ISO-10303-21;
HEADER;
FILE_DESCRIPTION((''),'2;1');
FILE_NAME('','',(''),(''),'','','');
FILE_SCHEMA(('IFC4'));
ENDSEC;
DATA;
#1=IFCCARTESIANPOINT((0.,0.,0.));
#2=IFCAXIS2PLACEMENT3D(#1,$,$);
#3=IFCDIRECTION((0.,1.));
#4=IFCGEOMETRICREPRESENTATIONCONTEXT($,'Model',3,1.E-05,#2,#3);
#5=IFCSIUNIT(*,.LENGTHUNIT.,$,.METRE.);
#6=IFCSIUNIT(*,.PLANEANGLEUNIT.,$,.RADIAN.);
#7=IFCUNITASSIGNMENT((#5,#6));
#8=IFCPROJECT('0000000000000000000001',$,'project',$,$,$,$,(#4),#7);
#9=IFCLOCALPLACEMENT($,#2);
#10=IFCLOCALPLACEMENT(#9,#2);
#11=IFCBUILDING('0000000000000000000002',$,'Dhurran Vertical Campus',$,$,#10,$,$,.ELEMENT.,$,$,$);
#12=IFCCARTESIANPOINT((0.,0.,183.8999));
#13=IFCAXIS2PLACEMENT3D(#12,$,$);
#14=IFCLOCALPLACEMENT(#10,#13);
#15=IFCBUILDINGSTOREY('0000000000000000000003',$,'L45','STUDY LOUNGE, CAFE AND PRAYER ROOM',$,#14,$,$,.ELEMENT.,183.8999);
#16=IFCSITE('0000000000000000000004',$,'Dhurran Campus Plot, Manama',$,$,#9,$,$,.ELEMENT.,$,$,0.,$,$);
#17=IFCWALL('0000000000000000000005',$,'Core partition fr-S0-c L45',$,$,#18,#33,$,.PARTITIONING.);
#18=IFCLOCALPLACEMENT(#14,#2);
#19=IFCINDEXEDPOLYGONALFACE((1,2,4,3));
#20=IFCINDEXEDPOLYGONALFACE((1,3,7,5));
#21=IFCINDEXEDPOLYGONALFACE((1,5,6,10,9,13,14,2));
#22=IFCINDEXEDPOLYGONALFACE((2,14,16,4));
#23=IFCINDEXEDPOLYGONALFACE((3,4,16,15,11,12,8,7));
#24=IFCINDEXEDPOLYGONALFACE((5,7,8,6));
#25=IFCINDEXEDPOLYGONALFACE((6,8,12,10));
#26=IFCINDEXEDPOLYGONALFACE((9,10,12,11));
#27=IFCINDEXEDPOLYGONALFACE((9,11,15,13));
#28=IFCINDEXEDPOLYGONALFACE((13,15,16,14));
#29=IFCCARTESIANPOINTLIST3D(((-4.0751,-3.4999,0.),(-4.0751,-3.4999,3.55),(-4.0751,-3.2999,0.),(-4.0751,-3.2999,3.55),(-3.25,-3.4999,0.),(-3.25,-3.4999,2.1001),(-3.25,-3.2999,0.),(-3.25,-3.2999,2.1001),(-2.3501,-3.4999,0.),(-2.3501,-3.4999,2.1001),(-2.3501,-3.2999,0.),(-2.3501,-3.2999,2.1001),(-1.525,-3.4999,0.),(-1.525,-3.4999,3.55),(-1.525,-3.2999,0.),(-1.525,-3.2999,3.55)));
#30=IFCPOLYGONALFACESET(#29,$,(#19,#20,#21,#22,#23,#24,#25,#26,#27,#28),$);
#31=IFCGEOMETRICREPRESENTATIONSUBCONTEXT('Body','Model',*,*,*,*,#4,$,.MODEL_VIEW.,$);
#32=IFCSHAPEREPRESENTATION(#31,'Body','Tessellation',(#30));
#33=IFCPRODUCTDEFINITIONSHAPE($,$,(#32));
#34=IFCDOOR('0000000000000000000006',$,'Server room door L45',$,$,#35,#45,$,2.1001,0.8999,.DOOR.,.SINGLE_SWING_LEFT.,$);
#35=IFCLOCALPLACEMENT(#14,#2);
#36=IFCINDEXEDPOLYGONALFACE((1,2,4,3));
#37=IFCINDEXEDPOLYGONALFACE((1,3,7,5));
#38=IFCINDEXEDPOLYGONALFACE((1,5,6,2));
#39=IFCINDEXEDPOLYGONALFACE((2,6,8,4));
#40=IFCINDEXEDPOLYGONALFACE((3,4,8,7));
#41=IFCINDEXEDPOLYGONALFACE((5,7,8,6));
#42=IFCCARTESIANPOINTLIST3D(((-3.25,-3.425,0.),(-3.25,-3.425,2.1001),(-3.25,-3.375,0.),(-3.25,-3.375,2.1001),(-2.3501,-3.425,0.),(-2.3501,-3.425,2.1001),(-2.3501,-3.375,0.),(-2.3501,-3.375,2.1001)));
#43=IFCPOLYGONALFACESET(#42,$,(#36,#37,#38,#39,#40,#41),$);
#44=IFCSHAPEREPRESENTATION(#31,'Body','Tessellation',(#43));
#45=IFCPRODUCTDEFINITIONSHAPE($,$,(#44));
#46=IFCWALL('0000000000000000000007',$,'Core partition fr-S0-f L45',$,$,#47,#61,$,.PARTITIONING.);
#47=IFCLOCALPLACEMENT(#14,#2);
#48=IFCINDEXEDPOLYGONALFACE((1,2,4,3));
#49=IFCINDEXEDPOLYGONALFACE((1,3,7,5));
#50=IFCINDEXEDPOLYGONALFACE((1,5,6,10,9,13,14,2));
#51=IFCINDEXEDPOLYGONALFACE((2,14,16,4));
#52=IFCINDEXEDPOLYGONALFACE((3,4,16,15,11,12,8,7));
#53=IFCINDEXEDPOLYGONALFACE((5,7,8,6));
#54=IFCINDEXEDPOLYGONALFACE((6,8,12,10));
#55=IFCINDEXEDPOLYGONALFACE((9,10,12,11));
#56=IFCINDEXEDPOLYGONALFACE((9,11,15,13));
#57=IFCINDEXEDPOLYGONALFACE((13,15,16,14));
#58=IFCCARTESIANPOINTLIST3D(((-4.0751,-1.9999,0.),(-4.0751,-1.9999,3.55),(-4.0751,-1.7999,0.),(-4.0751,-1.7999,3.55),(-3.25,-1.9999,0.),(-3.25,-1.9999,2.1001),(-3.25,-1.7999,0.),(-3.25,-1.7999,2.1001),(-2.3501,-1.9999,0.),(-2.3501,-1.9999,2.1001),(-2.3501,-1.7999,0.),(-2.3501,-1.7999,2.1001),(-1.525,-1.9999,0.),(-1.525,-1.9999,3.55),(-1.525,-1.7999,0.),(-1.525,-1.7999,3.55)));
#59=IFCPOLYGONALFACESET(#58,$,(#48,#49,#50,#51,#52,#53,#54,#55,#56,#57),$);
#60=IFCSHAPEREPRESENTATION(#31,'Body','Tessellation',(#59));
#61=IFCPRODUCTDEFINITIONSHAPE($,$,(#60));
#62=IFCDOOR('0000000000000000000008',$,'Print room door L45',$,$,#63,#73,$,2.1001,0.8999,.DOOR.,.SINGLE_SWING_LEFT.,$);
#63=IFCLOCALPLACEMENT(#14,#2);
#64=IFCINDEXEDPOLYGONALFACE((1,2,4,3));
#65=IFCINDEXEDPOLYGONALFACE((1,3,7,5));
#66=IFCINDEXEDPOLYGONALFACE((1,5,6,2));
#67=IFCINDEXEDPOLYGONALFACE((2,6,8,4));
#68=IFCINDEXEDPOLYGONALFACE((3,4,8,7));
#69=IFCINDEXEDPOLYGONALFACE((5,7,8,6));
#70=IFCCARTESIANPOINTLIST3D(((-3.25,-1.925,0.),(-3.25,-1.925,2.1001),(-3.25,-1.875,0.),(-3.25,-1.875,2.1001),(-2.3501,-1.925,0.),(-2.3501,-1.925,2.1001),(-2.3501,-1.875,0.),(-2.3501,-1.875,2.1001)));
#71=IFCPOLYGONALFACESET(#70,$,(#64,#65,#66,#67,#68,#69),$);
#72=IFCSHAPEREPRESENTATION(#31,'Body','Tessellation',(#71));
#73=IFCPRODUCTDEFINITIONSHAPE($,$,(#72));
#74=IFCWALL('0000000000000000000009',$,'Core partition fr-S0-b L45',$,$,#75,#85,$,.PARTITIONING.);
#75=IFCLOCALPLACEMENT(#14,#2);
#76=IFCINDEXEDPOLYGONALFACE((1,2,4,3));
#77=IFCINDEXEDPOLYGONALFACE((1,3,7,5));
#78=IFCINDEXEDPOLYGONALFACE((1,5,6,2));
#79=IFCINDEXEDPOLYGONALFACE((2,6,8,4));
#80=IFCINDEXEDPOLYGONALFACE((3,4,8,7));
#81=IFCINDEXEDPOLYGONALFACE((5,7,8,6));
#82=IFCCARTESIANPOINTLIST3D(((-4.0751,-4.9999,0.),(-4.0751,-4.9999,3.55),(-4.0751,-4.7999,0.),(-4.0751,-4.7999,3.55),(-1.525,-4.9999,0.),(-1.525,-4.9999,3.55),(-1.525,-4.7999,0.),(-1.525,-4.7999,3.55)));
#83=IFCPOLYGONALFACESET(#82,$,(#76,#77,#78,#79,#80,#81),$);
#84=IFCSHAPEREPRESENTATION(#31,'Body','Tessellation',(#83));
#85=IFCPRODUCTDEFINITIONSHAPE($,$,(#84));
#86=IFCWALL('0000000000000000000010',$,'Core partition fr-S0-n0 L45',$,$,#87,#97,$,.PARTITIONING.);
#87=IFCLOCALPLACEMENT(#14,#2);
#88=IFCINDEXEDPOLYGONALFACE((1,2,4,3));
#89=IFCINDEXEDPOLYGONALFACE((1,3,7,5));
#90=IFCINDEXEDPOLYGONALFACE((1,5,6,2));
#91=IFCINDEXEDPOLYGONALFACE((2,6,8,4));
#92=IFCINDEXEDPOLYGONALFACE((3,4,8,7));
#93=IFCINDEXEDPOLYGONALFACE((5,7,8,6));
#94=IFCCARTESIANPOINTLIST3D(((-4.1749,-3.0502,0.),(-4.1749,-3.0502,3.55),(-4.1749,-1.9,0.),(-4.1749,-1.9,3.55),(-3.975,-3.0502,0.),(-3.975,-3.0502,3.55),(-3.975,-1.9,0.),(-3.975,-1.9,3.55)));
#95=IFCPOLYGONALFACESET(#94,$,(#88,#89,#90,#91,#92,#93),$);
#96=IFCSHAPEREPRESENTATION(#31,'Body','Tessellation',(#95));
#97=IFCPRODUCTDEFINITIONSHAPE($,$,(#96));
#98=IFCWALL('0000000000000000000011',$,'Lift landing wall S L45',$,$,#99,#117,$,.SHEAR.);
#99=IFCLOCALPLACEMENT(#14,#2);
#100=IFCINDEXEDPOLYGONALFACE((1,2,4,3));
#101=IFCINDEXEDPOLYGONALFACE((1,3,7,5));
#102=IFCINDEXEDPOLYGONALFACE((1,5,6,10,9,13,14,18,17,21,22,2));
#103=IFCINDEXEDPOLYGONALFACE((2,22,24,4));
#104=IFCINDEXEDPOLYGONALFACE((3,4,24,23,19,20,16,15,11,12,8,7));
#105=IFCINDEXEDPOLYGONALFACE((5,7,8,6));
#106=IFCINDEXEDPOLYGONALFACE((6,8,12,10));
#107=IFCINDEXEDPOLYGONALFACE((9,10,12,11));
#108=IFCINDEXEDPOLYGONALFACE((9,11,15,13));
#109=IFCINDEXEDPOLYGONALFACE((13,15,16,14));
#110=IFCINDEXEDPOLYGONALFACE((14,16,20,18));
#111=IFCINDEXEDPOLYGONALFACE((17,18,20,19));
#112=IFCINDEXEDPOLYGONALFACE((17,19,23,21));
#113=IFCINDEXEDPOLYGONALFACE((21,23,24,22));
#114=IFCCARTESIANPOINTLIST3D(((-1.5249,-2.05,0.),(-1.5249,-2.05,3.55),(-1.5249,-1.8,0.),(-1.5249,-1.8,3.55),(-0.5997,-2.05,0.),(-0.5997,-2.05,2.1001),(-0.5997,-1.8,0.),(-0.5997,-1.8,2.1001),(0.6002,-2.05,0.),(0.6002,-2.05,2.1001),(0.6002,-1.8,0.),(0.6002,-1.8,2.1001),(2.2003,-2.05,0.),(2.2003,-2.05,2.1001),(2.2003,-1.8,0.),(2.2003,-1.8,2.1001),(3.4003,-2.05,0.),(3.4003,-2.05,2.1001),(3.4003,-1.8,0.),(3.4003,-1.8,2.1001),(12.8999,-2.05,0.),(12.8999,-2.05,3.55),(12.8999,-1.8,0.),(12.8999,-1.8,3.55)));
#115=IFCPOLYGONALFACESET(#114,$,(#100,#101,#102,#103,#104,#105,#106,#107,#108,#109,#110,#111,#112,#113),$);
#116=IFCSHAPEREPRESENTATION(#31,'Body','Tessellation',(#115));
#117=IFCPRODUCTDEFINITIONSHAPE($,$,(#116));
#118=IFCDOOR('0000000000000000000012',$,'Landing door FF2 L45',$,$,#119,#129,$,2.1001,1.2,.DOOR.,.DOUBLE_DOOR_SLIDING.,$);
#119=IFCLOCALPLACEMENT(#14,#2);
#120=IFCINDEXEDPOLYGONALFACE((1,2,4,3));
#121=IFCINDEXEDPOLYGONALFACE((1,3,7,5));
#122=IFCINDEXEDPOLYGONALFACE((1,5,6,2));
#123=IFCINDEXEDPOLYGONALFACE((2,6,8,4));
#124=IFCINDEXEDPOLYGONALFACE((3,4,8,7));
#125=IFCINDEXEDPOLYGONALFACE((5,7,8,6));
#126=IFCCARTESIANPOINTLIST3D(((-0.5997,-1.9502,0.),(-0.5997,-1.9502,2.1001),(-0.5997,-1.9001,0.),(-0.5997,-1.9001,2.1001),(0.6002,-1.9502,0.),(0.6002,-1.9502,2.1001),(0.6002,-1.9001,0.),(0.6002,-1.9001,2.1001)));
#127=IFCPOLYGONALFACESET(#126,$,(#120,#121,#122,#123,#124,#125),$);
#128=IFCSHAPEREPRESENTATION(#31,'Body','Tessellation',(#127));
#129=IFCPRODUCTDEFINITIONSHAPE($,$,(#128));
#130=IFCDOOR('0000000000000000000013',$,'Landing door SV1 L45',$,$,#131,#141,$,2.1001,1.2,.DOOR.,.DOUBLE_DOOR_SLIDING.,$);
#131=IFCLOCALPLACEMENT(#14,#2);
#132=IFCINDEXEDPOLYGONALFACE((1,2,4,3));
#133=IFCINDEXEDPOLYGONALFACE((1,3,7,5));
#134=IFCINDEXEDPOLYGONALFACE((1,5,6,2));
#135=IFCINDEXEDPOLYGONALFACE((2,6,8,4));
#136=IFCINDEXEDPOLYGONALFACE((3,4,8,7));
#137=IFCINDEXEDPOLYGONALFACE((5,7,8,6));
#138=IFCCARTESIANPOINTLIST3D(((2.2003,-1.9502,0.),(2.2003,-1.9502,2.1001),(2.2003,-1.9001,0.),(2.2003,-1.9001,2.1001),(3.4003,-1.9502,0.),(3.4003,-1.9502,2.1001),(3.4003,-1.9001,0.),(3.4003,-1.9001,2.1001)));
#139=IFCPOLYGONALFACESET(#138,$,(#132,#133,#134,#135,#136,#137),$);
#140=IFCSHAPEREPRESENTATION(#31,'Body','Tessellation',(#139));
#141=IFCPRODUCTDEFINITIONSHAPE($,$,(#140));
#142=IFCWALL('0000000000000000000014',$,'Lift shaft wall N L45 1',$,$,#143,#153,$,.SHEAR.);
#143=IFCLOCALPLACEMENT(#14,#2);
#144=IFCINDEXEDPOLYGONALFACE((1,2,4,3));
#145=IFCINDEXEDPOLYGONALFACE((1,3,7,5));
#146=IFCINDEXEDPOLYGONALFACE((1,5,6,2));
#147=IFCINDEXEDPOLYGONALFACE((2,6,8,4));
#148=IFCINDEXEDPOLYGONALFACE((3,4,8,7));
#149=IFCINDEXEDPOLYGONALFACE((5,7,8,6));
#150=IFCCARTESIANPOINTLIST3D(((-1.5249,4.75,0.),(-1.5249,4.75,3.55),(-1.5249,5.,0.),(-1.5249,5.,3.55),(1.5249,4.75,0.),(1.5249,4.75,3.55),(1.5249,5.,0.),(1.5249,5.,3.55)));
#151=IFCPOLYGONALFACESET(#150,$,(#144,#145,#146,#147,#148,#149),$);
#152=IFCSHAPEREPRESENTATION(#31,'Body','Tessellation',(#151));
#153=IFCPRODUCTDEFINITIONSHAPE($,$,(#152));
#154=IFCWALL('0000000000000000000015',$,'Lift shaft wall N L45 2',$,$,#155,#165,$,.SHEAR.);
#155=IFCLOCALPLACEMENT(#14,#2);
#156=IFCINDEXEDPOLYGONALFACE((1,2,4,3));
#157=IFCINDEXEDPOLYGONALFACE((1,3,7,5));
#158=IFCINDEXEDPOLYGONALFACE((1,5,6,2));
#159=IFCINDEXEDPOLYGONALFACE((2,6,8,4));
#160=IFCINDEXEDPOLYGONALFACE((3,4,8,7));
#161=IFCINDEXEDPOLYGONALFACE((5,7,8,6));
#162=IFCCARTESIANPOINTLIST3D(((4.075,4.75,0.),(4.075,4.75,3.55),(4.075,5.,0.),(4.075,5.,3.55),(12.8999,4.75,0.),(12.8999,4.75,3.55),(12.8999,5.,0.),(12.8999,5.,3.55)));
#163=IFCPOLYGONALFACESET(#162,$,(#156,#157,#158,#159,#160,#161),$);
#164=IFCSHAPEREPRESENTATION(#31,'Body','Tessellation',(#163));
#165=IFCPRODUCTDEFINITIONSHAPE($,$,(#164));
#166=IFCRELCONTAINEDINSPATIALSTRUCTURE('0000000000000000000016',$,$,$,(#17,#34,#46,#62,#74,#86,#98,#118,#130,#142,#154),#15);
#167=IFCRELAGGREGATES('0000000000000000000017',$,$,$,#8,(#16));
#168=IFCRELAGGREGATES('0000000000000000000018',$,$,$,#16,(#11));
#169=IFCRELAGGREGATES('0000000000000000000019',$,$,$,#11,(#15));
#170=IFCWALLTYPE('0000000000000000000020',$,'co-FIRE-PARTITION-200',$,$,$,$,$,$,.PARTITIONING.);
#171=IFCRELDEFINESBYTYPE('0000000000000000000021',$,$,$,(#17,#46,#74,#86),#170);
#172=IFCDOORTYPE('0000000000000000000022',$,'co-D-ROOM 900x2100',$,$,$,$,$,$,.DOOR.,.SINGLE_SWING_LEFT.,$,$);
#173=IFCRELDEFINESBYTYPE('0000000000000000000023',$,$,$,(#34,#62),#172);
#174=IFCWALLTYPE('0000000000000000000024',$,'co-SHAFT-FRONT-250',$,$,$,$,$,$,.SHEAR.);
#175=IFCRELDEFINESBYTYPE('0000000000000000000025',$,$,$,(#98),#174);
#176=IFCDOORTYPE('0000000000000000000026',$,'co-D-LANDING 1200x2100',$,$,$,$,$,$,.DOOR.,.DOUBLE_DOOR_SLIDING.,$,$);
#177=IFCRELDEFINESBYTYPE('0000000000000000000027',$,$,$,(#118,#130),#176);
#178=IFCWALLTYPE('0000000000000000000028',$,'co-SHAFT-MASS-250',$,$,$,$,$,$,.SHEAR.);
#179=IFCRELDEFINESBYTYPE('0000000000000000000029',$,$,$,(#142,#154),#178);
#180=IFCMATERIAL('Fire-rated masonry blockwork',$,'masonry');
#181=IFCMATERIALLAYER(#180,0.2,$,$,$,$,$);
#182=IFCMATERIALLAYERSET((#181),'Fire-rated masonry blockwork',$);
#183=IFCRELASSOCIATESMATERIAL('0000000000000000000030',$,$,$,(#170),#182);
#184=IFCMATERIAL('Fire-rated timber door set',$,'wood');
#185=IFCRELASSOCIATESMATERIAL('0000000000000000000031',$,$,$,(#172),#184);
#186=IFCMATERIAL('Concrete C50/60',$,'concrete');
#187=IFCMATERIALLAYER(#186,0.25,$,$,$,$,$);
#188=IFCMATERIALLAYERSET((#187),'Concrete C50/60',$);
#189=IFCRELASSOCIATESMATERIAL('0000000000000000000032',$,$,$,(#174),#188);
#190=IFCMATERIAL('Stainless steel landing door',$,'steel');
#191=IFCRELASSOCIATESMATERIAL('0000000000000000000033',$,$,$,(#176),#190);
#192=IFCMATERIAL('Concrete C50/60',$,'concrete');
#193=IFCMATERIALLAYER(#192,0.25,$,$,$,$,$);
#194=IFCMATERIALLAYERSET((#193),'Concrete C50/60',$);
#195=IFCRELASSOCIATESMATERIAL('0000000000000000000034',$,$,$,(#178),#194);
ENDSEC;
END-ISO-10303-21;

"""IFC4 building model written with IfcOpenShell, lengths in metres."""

from ifc_helpers import new_model, si_unit, direction, frame, frame_2d, origin, place, context, subcontext, project, spatial, polyline, rectangle, outline, extrude, material, layer, layer_set, type_object, element, fill, save


model = new_model("IFC4")

# Units and contexts
model_context = context("Model", 3, precision=1e-05, world=origin(), true_north=direction((0.0, 1.0)))
body_context = subcontext(model_context, "Body", "Model", "MODEL_VIEW")
ifc_project = project(units=[si_unit("LENGTHUNIT", "METRE"), si_unit("PLANEANGLEUNIT", "RADIAN")], contexts=[model_context])

# Site, building, storey
site_placement = place(None, origin())
site = spatial("IfcSite", under=ifc_project, at=site_placement, Name="Dhurran Campus Plot, Manama", CompositionType="ELEMENT", RefElevation=0.0)
building_placement = place(site_placement, origin())
building = spatial("IfcBuilding", under=site, at=building_placement, Name="Dhurran Vertical Campus", CompositionType="ELEMENT")
storey_placement = place(building_placement, frame((0.0, 0.0, 183.8999)))
storey = spatial("IfcBuildingStorey", under=building, at=storey_placement, Name="L45", Description="STUDY LOUNGE, CAFE AND PRAYER ROOM", CompositionType="ELEMENT", Elevation=183.8999)

# Shared definitions
ifc_material_1 = material(Name="Fire-rated masonry blockwork", Category="masonry")
ifc_layer_1 = layer(ifc_material_1, 0.2)
ifc_layer_set_1 = layer_set([ifc_layer_1], Name="Fire-rated masonry blockwork")
wall_type_1 = type_object("IfcWallType", Name="co-FIRE-PARTITION-200", PredefinedType="PARTITIONING", material=ifc_layer_set_1)

# Walls, openings, doors
wall_1_placement = place(storey_placement, frame((-4.075, -3.3999, 0.0), z_axis=(0.0, 0.0, 1.0), x_axis=(1.0, 0.0, 0.0)))
wall_1 = element("IfcWall", 1, at=wall_1_placement, inside=storey, type_object=wall_type_1, Name="Core partition fr-S0-c L45", PredefinedType="PARTITIONING", context=body_context, shape_type="SweptSolid", body=[
    extrude(rectangle(XDim=2.55, YDim=0.2, at=frame_2d((1.2749, 0.0))), origin(), (0.0, 0.0, 1.0), 3.55),
])
opening_1_placement = place(wall_1_placement, frame((0.825, 0.0, 0.0)))
opening_1 = element("IfcOpeningElement", 2, at=opening_1_placement, cuts=wall_1, PredefinedType="OPENING", context=body_context, shape_type="SweptSolid", body=[
    extrude(rectangle(XDim=0.8999, YDim=2.1001, at=frame_2d((0.45, 1.05))), frame((0.0, 0.1099, 0.0), z_axis=(0.0, -1.0, 0.0), x_axis=(1.0, 0.0, 0.0)), (0.0, 0.0, 1.0), 0.22),
])
ifc_material_2 = material(Name="Fire-rated timber door set", Category="wood")
door_type_1 = type_object("IfcDoorType", Name="co-D-ROOM 900x2100", OperationType="SINGLE_SWING_LEFT", PredefinedType="DOOR", material=ifc_material_2)
door_1_placement = place(opening_1_placement, origin())
door_1 = element("IfcDoor", 3, at=door_1_placement, inside=storey, type_object=door_type_1, Name="Server room door L45", OperationType="SINGLE_SWING_LEFT", OverallHeight=2.1001, OverallWidth=0.8999, PredefinedType="DOOR", context=body_context, shape_type="SweptSolid", body=[
    extrude(rectangle(XDim=0.8999, YDim=2.1001, at=frame_2d((0.45, 1.05))), frame((0.0, 0.0249, 0.0), z_axis=(0.0, -1.0, 0.0), x_axis=(1.0, 0.0, 0.0)), (0.0, 0.0, 1.0), 0.05),
])
fill(opening_1, door_1)
wall_2_placement = place(storey_placement, frame((-4.075, -1.8999, 0.0), z_axis=(0.0, 0.0, 1.0), x_axis=(1.0, 0.0, 0.0)))
wall_2 = element("IfcWall", 4, at=wall_2_placement, inside=storey, type_object=wall_type_1, Name="Core partition fr-S0-f L45", PredefinedType="PARTITIONING", context=body_context, shape_type="SweptSolid", body=[
    extrude(rectangle(XDim=2.55, YDim=0.2, at=frame_2d((1.2749, 0.0))), origin(), (0.0, 0.0, 1.0), 3.55),
])
opening_2_placement = place(wall_2_placement, frame((0.825, 0.0, 0.0)))
opening_2 = element("IfcOpeningElement", 5, at=opening_2_placement, cuts=wall_2, PredefinedType="OPENING", context=body_context, shape_type="SweptSolid", body=[
    extrude(rectangle(XDim=0.8999, YDim=2.1001, at=frame_2d((0.45, 1.05))), frame((0.0, 0.1099, 0.0), z_axis=(0.0, -1.0, 0.0), x_axis=(1.0, 0.0, 0.0)), (0.0, 0.0, 1.0), 0.22),
])
door_2_placement = place(opening_2_placement, origin())
door_2 = element("IfcDoor", 6, at=door_2_placement, inside=storey, type_object=door_type_1, Name="Print room door L45", OperationType="SINGLE_SWING_LEFT", OverallHeight=2.1001, OverallWidth=0.8999, PredefinedType="DOOR", context=body_context, shape_type="SweptSolid", body=[
    extrude(rectangle(XDim=0.8999, YDim=2.1001, at=frame_2d((0.45, 1.05))), frame((0.0, 0.0249, 0.0), z_axis=(0.0, -1.0, 0.0), x_axis=(1.0, 0.0, 0.0)), (0.0, 0.0, 1.0), 0.05),
])
fill(opening_2, door_2)

# Walls
wall_3_placement = place(storey_placement, frame((-4.075, -4.8999, 0.0), z_axis=(0.0, 0.0, 1.0), x_axis=(1.0, 0.0, 0.0)))
element("IfcWall", 7, at=wall_3_placement, inside=storey, type_object=wall_type_1, Name="Core partition fr-S0-b L45", PredefinedType="PARTITIONING", context=body_context, shape_type="SweptSolid", body=[
    extrude(rectangle(XDim=2.55, YDim=0.2, at=frame_2d((1.2749, 0.0))), origin(), (0.0, 0.0, 1.0), 3.55),
])
wall_4_placement = place(storey_placement, frame((-4.075, -1.8999, 0.0), z_axis=(0.0, 0.0, 1.0), x_axis=(0.0, -1.0, 0.0)))
element("IfcWall", 8, at=wall_4_placement, inside=storey, type_object=wall_type_1, Name="Core partition fr-S0-n0 L45", PredefinedType="PARTITIONING", context=body_context, shape_type="SweptSolid", body=[
    extrude(rectangle(XDim=1.1501, YDim=0.2, at=frame_2d((0.5752, 0.0))), origin(), (0.0, 0.0, 1.0), 3.55),
])

# Wall, openings, doors
ifc_material_3 = material(Name="Concrete C50/60", Category="concrete")
ifc_layer_2 = layer(ifc_material_3, 0.25)
ifc_layer_set_2 = layer_set([ifc_layer_2], Name="Concrete C50/60")
wall_type_2 = type_object("IfcWallType", Name="co-SHAFT-FRONT-250", PredefinedType="SHEAR", material=ifc_layer_set_2)
wall_5_placement = place(storey_placement, frame((-1.5249, -1.925, 0.0), z_axis=(0.0, 0.0, 1.0), x_axis=(1.0, 0.0, 0.0)))
wall_5 = element("IfcWall", 9, at=wall_5_placement, inside=storey, type_object=wall_type_2, Name="Lift landing wall S L45", PredefinedType="SHEAR", context=body_context, shape_type="SweptSolid", body=[
    extrude(rectangle(XDim=14.4248, YDim=0.25, at=frame_2d((7.2124, 0.0))), origin(), (0.0, 0.0, 1.0), 3.55),
])
opening_3_placement = place(wall_5_placement, frame((0.925, 0.0, 0.0)))
opening_3 = element("IfcOpeningElement", 10, at=opening_3_placement, cuts=wall_5, PredefinedType="OPENING", context=body_context, shape_type="SweptSolid", body=[
    extrude(rectangle(XDim=1.2, YDim=2.1001, at=frame_2d((0.6001, 1.05))), frame((0.0, 0.135, 0.0), z_axis=(0.0, -1.0, 0.0), x_axis=(1.0, 0.0, 0.0)), (0.0, 0.0, 1.0), 0.27),
])
opening_4_placement = place(wall_5_placement, frame((3.7251, 0.0, 0.0)))
opening_4 = element("IfcOpeningElement", 11, at=opening_4_placement, cuts=wall_5, PredefinedType="OPENING", context=body_context, shape_type="SweptSolid", body=[
    extrude(rectangle(XDim=1.2, YDim=2.1001, at=frame_2d((0.6001, 1.05))), frame((0.0, 0.135, 0.0), z_axis=(0.0, -1.0, 0.0), x_axis=(1.0, 0.0, 0.0)), (0.0, 0.0, 1.0), 0.27),
])
ifc_material_4 = material(Name="Stainless steel landing door", Category="steel")
door_type_2 = type_object("IfcDoorType", Name="co-D-LANDING 1200x2100", OperationType="DOUBLE_DOOR_SLIDING", PredefinedType="DOOR", material=ifc_material_4)
door_3_placement = place(opening_3_placement, origin())
door_3 = element("IfcDoor", 12, at=door_3_placement, inside=storey, type_object=door_type_2, Name="Landing door FF2 L45", OperationType="DOUBLE_DOOR_SLIDING", OverallHeight=2.1001, OverallWidth=1.2, PredefinedType="DOOR", context=body_context, shape_type="SweptSolid", body=[
    extrude(rectangle(XDim=1.2, YDim=2.1001, at=frame_2d((0.6001, 1.05))), frame((0.0, 0.0249, 0.0), z_axis=(0.0, -1.0, 0.0), x_axis=(1.0, 0.0, 0.0)), (0.0, 0.0, 1.0), 0.05),
])
fill(opening_3, door_3)
door_4_placement = place(opening_4_placement, origin())
door_4 = element("IfcDoor", 13, at=door_4_placement, inside=storey, type_object=door_type_2, Name="Landing door SV1 L45", OperationType="DOUBLE_DOOR_SLIDING", OverallHeight=2.1001, OverallWidth=1.2, PredefinedType="DOOR", context=body_context, shape_type="SweptSolid", body=[
    extrude(rectangle(XDim=1.2, YDim=2.1001, at=frame_2d((0.6001, 1.05))), frame((0.0, 0.0249, 0.0), z_axis=(0.0, -1.0, 0.0), x_axis=(1.0, 0.0, 0.0)), (0.0, 0.0, 1.0), 0.05),
])
fill(opening_4, door_4)

# Walls
ifc_material_5 = material(Name="Concrete C50/60", Category="concrete")
ifc_layer_3 = layer(ifc_material_5, 0.25)
ifc_layer_set_3 = layer_set([ifc_layer_3], Name="Concrete C50/60")
wall_type_3 = type_object("IfcWallType", Name="co-SHAFT-MASS-250", PredefinedType="SHEAR", material=ifc_layer_set_3)
wall_6_placement = place(storey_placement, origin())
element("IfcWall", 14, at=wall_6_placement, inside=storey, type_object=wall_type_3, Name="Lift shaft wall N L45 1", PredefinedType="SHEAR", context=body_context, shape_type="SweptSolid", body=[
    extrude(outline(polyline([(-1.5249, 4.75), (1.5249, 4.75), (1.5249, 5.0), (-1.5249, 5.0), (-1.5249, 4.75)])), origin(), (0.0, 0.0, 1.0), 3.55),
])
wall_7_placement = place(storey_placement, origin())
element("IfcWall", 15, at=wall_7_placement, inside=storey, type_object=wall_type_3, Name="Lift shaft wall N L45 2", PredefinedType="SHEAR", context=body_context, shape_type="SweptSolid", body=[
    extrude(outline(polyline([(4.075, 4.75), (12.8999, 4.75), (12.8999, 5.0), (4.075, 5.0), (4.075, 4.75)])), origin(), (0.0, 0.0, 1.0), 3.55),
])

save(model, "model.ifc")
